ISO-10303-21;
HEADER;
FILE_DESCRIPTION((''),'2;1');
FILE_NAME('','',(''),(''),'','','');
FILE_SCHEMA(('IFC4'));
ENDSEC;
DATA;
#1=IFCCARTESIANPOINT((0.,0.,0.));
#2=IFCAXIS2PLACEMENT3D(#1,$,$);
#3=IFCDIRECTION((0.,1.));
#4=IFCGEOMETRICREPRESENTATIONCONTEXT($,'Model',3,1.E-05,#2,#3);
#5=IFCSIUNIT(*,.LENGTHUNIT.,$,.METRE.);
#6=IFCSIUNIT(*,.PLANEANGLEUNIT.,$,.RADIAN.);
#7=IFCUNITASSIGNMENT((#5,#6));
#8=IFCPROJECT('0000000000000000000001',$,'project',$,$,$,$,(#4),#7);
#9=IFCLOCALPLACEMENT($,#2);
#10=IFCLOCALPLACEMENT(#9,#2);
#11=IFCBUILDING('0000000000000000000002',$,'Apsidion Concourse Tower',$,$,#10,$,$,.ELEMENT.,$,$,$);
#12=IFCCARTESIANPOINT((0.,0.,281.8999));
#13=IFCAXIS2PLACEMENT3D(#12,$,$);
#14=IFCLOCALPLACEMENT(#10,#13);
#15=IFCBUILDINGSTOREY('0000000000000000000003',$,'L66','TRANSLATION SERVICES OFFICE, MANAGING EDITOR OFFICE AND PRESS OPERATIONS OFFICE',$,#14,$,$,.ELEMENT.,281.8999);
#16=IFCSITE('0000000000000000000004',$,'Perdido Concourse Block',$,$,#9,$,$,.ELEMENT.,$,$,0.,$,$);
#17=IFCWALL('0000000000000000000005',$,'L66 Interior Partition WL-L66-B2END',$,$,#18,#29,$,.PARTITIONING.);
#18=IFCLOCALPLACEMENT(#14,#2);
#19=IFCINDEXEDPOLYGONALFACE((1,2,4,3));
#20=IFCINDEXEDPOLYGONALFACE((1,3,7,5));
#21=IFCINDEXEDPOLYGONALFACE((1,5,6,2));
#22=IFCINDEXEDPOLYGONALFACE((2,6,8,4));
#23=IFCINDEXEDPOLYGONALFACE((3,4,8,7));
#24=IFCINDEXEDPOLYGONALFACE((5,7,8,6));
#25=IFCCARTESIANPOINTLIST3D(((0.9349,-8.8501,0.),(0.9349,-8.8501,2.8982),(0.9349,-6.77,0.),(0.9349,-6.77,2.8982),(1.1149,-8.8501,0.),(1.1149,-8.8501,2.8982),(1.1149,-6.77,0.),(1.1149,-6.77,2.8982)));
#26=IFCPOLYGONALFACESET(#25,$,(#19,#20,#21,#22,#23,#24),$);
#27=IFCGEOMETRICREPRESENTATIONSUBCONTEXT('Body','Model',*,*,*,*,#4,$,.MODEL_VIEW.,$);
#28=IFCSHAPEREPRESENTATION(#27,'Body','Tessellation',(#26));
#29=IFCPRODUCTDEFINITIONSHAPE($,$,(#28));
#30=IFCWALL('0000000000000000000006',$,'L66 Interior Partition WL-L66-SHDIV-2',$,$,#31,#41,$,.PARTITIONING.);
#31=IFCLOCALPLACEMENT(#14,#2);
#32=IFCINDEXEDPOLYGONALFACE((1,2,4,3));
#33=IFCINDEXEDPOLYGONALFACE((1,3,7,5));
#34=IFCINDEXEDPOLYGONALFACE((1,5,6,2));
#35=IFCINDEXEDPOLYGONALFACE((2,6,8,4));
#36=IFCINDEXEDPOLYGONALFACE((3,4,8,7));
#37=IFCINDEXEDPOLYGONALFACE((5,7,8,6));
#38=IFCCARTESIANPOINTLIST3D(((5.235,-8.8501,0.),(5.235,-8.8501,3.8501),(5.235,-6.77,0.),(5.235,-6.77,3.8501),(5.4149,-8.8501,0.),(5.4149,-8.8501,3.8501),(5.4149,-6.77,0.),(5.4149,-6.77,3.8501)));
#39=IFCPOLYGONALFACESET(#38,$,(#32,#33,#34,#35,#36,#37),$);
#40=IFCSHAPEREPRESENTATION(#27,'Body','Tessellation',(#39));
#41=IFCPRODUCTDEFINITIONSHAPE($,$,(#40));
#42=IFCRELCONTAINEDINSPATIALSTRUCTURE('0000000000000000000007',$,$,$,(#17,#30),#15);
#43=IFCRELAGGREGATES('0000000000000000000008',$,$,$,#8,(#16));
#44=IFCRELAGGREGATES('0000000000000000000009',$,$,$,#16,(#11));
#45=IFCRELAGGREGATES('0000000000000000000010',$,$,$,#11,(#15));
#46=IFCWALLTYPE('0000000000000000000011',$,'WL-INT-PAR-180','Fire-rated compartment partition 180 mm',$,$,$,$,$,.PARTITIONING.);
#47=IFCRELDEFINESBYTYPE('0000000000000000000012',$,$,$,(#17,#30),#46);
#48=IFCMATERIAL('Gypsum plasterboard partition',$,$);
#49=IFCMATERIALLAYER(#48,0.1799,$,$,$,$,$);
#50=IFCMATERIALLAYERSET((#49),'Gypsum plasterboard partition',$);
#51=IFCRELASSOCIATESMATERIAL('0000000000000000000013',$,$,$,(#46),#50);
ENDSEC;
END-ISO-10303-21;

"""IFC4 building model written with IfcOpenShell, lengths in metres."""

from ifc_helpers import new_model, si_unit, direction, frame, frame_2d, origin, place, context, subcontext, project, spatial, rectangle, extrude, material, layer, layer_set, type_object, element, save


model = new_model("IFC4")

# Units and contexts
model_context = context("Model", 3, precision=1e-05, world=origin(), true_north=direction((0.0, 1.0)))
body_context = subcontext(model_context, "Body", "Model", "MODEL_VIEW")
ifc_project = project(units=[si_unit("LENGTHUNIT", "METRE"), si_unit("PLANEANGLEUNIT", "RADIAN")], contexts=[model_context])

# Site, building, storey
site_placement = place(None, origin())
site = spatial("IfcSite", under=ifc_project, at=site_placement, Name="Perdido Concourse Block", CompositionType="ELEMENT", RefElevation=0.0)
building_placement = place(site_placement, origin())
building = spatial("IfcBuilding", under=site, at=building_placement, Name="Apsidion Concourse Tower", CompositionType="ELEMENT")
storey_placement = place(building_placement, frame((0.0, 0.0, 281.8999)))
storey = spatial("IfcBuildingStorey", under=building, at=storey_placement, Name="L66", Description="TRANSLATION SERVICES OFFICE, MANAGING EDITOR OFFICE AND PRESS OPERATIONS OFFICE", CompositionType="ELEMENT", Elevation=281.8999)

# Shared definitions
ifc_material_1 = material(Name="Gypsum plasterboard partition")

# Walls
ifc_layer_1 = layer(ifc_material_1, 0.1799)
ifc_layer_set_1 = layer_set([ifc_layer_1], Name="Gypsum plasterboard partition")
wall_type_1 = type_object("IfcWallType", Name="WL-INT-PAR-180", Description="Fire-rated compartment partition 180 mm", PredefinedType="PARTITIONING", material=ifc_layer_set_1)
wall_1_placement = place(storey_placement, frame((1.0249, -8.8501, 0.0), z_axis=(0.0, 0.0, 1.0), x_axis=(0.0, 1.0, 0.0)))
element("IfcWall", 1, at=wall_1_placement, inside=storey, type_object=wall_type_1, Name="L66 Interior Partition WL-L66-B2END", PredefinedType="PARTITIONING", context=body_context, shape_type="SweptSolid", body=[
    extrude(rectangle(XDim=2.0801, YDim=0.1799, at=frame_2d((1.04, 0.0))), origin(), (0.0, 0.0, 1.0), 2.8982),
])
wall_2_placement = place(storey_placement, frame((5.325, -8.8501, 0.0), z_axis=(0.0, 0.0, 1.0), x_axis=(0.0, 1.0, 0.0)))
element("IfcWall", 2, at=wall_2_placement, inside=storey, type_object=wall_type_1, Name="L66 Interior Partition WL-L66-SHDIV-2", PredefinedType="PARTITIONING", context=body_context, shape_type="SweptSolid", body=[
    extrude(rectangle(XDim=2.0801, YDim=0.1799, at=frame_2d((1.04, 0.0))), origin(), (0.0, 0.0, 1.0), 3.8501),
])

save(model, "model.ifc")
